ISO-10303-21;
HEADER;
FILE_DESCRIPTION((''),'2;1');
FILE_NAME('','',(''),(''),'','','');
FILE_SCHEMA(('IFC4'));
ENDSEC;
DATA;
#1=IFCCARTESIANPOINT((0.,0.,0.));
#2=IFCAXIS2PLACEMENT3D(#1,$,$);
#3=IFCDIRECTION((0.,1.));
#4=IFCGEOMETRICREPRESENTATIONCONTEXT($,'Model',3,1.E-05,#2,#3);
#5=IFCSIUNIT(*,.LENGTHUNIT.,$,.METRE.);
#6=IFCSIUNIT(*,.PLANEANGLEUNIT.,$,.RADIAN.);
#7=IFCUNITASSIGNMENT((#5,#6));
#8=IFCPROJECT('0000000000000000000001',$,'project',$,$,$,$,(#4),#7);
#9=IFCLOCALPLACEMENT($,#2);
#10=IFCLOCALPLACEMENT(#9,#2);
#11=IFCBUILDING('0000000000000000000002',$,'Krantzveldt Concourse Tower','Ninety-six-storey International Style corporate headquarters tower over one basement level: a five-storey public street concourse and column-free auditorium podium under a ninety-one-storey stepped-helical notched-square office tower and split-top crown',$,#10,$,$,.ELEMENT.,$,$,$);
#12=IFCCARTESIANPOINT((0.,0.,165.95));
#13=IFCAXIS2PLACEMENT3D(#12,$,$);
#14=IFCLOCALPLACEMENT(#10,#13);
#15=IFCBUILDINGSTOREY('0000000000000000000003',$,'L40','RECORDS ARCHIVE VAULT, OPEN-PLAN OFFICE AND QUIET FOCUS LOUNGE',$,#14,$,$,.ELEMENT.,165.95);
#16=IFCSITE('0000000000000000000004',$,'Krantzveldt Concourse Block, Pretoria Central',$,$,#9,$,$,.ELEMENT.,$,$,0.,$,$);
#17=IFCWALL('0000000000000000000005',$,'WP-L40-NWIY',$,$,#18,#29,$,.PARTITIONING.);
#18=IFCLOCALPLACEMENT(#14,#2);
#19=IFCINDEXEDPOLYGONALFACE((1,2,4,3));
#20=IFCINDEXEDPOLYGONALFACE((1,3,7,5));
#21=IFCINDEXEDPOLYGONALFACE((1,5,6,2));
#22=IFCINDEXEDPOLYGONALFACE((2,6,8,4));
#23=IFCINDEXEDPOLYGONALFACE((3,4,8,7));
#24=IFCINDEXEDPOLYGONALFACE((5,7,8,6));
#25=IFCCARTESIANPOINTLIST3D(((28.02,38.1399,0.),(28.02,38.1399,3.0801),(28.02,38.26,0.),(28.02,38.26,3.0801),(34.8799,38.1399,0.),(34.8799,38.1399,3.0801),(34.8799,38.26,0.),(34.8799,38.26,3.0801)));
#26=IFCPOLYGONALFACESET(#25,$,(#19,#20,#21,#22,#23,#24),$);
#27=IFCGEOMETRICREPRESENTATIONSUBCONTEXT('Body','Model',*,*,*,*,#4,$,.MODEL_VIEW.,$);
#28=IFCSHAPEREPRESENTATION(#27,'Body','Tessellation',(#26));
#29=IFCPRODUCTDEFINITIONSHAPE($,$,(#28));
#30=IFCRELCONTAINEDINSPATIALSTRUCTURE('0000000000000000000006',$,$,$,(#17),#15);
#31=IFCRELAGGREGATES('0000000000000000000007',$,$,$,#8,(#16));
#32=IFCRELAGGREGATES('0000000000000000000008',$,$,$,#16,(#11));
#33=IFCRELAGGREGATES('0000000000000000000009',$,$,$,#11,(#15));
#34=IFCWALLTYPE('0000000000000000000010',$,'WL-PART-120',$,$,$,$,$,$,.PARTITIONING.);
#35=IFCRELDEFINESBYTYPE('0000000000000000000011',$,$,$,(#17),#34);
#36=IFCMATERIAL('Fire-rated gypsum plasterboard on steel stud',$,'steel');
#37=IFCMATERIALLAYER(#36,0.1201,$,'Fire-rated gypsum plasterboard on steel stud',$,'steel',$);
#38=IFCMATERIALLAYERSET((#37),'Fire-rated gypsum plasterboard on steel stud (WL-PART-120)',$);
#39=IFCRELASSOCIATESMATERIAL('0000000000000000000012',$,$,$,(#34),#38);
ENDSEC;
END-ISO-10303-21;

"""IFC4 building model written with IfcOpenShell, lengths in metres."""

from ifc_helpers import new_model, si_unit, direction, frame, frame_2d, origin, place, context, subcontext, project, spatial, rectangle, extrude, material, layer, layer_set, type_object, element, save


model = new_model("IFC4")

# Units and contexts
model_context = context("Model", 3, precision=1e-05, world=origin(), true_north=direction((0.0, 1.0)))
body_context = subcontext(model_context, "Body", "Model", "MODEL_VIEW")
ifc_project = project(units=[si_unit("LENGTHUNIT", "METRE"), si_unit("PLANEANGLEUNIT", "RADIAN")], contexts=[model_context])

# Site, building, storey
site_placement = place(None, origin())
site = spatial("IfcSite", under=ifc_project, at=site_placement, Name="Krantzveldt Concourse Block, Pretoria Central", CompositionType="ELEMENT", RefElevation=0.0)
building_placement = place(site_placement, origin())
building = spatial("IfcBuilding", under=site, at=building_placement, Name="Krantzveldt Concourse Tower", Description="Ninety-six-storey International Style corporate headquarters tower over one basement level: a five-storey public street concourse and column-free auditorium podium under a ninety-one-storey stepped-helical notched-square office tower and split-top crown", CompositionType="ELEMENT")
storey_placement = place(building_placement, frame((0.0, 0.0, 165.95)))
storey = spatial("IfcBuildingStorey", under=building, at=storey_placement, Name="L40", Description="RECORDS ARCHIVE VAULT, OPEN-PLAN OFFICE AND QUIET FOCUS LOUNGE", CompositionType="ELEMENT", Elevation=165.95)

# Wall
ifc_material_1 = material(Name="Fire-rated gypsum plasterboard on steel stud", Category="steel")
ifc_layer_1 = layer(ifc_material_1, 0.1201, Name="Fire-rated gypsum plasterboard on steel stud", Category="steel")
ifc_layer_set_1 = layer_set([ifc_layer_1], Name="Fire-rated gypsum plasterboard on steel stud (WL-PART-120)")
wall_type_1 = type_object("IfcWallType", Name="WL-PART-120", PredefinedType="PARTITIONING", material=ifc_layer_set_1)
wall_1_placement = place(storey_placement, frame((28.02, 38.2, 0.0), z_axis=(0.0, 0.0, 1.0), x_axis=(1.0, 0.0, 0.0)))
element("IfcWall", 1, at=wall_1_placement, inside=storey, type_object=wall_type_1, Name="WP-L40-NWIY", PredefinedType="PARTITIONING", context=body_context, shape_type="SweptSolid", body=[
    extrude(rectangle(XDim=6.8599, YDim=0.1201, at=frame_2d((3.4299, 0.0))), origin(), (0.0, 0.0, 1.0), 3.0801),
])

save(model, "model.ifc")
